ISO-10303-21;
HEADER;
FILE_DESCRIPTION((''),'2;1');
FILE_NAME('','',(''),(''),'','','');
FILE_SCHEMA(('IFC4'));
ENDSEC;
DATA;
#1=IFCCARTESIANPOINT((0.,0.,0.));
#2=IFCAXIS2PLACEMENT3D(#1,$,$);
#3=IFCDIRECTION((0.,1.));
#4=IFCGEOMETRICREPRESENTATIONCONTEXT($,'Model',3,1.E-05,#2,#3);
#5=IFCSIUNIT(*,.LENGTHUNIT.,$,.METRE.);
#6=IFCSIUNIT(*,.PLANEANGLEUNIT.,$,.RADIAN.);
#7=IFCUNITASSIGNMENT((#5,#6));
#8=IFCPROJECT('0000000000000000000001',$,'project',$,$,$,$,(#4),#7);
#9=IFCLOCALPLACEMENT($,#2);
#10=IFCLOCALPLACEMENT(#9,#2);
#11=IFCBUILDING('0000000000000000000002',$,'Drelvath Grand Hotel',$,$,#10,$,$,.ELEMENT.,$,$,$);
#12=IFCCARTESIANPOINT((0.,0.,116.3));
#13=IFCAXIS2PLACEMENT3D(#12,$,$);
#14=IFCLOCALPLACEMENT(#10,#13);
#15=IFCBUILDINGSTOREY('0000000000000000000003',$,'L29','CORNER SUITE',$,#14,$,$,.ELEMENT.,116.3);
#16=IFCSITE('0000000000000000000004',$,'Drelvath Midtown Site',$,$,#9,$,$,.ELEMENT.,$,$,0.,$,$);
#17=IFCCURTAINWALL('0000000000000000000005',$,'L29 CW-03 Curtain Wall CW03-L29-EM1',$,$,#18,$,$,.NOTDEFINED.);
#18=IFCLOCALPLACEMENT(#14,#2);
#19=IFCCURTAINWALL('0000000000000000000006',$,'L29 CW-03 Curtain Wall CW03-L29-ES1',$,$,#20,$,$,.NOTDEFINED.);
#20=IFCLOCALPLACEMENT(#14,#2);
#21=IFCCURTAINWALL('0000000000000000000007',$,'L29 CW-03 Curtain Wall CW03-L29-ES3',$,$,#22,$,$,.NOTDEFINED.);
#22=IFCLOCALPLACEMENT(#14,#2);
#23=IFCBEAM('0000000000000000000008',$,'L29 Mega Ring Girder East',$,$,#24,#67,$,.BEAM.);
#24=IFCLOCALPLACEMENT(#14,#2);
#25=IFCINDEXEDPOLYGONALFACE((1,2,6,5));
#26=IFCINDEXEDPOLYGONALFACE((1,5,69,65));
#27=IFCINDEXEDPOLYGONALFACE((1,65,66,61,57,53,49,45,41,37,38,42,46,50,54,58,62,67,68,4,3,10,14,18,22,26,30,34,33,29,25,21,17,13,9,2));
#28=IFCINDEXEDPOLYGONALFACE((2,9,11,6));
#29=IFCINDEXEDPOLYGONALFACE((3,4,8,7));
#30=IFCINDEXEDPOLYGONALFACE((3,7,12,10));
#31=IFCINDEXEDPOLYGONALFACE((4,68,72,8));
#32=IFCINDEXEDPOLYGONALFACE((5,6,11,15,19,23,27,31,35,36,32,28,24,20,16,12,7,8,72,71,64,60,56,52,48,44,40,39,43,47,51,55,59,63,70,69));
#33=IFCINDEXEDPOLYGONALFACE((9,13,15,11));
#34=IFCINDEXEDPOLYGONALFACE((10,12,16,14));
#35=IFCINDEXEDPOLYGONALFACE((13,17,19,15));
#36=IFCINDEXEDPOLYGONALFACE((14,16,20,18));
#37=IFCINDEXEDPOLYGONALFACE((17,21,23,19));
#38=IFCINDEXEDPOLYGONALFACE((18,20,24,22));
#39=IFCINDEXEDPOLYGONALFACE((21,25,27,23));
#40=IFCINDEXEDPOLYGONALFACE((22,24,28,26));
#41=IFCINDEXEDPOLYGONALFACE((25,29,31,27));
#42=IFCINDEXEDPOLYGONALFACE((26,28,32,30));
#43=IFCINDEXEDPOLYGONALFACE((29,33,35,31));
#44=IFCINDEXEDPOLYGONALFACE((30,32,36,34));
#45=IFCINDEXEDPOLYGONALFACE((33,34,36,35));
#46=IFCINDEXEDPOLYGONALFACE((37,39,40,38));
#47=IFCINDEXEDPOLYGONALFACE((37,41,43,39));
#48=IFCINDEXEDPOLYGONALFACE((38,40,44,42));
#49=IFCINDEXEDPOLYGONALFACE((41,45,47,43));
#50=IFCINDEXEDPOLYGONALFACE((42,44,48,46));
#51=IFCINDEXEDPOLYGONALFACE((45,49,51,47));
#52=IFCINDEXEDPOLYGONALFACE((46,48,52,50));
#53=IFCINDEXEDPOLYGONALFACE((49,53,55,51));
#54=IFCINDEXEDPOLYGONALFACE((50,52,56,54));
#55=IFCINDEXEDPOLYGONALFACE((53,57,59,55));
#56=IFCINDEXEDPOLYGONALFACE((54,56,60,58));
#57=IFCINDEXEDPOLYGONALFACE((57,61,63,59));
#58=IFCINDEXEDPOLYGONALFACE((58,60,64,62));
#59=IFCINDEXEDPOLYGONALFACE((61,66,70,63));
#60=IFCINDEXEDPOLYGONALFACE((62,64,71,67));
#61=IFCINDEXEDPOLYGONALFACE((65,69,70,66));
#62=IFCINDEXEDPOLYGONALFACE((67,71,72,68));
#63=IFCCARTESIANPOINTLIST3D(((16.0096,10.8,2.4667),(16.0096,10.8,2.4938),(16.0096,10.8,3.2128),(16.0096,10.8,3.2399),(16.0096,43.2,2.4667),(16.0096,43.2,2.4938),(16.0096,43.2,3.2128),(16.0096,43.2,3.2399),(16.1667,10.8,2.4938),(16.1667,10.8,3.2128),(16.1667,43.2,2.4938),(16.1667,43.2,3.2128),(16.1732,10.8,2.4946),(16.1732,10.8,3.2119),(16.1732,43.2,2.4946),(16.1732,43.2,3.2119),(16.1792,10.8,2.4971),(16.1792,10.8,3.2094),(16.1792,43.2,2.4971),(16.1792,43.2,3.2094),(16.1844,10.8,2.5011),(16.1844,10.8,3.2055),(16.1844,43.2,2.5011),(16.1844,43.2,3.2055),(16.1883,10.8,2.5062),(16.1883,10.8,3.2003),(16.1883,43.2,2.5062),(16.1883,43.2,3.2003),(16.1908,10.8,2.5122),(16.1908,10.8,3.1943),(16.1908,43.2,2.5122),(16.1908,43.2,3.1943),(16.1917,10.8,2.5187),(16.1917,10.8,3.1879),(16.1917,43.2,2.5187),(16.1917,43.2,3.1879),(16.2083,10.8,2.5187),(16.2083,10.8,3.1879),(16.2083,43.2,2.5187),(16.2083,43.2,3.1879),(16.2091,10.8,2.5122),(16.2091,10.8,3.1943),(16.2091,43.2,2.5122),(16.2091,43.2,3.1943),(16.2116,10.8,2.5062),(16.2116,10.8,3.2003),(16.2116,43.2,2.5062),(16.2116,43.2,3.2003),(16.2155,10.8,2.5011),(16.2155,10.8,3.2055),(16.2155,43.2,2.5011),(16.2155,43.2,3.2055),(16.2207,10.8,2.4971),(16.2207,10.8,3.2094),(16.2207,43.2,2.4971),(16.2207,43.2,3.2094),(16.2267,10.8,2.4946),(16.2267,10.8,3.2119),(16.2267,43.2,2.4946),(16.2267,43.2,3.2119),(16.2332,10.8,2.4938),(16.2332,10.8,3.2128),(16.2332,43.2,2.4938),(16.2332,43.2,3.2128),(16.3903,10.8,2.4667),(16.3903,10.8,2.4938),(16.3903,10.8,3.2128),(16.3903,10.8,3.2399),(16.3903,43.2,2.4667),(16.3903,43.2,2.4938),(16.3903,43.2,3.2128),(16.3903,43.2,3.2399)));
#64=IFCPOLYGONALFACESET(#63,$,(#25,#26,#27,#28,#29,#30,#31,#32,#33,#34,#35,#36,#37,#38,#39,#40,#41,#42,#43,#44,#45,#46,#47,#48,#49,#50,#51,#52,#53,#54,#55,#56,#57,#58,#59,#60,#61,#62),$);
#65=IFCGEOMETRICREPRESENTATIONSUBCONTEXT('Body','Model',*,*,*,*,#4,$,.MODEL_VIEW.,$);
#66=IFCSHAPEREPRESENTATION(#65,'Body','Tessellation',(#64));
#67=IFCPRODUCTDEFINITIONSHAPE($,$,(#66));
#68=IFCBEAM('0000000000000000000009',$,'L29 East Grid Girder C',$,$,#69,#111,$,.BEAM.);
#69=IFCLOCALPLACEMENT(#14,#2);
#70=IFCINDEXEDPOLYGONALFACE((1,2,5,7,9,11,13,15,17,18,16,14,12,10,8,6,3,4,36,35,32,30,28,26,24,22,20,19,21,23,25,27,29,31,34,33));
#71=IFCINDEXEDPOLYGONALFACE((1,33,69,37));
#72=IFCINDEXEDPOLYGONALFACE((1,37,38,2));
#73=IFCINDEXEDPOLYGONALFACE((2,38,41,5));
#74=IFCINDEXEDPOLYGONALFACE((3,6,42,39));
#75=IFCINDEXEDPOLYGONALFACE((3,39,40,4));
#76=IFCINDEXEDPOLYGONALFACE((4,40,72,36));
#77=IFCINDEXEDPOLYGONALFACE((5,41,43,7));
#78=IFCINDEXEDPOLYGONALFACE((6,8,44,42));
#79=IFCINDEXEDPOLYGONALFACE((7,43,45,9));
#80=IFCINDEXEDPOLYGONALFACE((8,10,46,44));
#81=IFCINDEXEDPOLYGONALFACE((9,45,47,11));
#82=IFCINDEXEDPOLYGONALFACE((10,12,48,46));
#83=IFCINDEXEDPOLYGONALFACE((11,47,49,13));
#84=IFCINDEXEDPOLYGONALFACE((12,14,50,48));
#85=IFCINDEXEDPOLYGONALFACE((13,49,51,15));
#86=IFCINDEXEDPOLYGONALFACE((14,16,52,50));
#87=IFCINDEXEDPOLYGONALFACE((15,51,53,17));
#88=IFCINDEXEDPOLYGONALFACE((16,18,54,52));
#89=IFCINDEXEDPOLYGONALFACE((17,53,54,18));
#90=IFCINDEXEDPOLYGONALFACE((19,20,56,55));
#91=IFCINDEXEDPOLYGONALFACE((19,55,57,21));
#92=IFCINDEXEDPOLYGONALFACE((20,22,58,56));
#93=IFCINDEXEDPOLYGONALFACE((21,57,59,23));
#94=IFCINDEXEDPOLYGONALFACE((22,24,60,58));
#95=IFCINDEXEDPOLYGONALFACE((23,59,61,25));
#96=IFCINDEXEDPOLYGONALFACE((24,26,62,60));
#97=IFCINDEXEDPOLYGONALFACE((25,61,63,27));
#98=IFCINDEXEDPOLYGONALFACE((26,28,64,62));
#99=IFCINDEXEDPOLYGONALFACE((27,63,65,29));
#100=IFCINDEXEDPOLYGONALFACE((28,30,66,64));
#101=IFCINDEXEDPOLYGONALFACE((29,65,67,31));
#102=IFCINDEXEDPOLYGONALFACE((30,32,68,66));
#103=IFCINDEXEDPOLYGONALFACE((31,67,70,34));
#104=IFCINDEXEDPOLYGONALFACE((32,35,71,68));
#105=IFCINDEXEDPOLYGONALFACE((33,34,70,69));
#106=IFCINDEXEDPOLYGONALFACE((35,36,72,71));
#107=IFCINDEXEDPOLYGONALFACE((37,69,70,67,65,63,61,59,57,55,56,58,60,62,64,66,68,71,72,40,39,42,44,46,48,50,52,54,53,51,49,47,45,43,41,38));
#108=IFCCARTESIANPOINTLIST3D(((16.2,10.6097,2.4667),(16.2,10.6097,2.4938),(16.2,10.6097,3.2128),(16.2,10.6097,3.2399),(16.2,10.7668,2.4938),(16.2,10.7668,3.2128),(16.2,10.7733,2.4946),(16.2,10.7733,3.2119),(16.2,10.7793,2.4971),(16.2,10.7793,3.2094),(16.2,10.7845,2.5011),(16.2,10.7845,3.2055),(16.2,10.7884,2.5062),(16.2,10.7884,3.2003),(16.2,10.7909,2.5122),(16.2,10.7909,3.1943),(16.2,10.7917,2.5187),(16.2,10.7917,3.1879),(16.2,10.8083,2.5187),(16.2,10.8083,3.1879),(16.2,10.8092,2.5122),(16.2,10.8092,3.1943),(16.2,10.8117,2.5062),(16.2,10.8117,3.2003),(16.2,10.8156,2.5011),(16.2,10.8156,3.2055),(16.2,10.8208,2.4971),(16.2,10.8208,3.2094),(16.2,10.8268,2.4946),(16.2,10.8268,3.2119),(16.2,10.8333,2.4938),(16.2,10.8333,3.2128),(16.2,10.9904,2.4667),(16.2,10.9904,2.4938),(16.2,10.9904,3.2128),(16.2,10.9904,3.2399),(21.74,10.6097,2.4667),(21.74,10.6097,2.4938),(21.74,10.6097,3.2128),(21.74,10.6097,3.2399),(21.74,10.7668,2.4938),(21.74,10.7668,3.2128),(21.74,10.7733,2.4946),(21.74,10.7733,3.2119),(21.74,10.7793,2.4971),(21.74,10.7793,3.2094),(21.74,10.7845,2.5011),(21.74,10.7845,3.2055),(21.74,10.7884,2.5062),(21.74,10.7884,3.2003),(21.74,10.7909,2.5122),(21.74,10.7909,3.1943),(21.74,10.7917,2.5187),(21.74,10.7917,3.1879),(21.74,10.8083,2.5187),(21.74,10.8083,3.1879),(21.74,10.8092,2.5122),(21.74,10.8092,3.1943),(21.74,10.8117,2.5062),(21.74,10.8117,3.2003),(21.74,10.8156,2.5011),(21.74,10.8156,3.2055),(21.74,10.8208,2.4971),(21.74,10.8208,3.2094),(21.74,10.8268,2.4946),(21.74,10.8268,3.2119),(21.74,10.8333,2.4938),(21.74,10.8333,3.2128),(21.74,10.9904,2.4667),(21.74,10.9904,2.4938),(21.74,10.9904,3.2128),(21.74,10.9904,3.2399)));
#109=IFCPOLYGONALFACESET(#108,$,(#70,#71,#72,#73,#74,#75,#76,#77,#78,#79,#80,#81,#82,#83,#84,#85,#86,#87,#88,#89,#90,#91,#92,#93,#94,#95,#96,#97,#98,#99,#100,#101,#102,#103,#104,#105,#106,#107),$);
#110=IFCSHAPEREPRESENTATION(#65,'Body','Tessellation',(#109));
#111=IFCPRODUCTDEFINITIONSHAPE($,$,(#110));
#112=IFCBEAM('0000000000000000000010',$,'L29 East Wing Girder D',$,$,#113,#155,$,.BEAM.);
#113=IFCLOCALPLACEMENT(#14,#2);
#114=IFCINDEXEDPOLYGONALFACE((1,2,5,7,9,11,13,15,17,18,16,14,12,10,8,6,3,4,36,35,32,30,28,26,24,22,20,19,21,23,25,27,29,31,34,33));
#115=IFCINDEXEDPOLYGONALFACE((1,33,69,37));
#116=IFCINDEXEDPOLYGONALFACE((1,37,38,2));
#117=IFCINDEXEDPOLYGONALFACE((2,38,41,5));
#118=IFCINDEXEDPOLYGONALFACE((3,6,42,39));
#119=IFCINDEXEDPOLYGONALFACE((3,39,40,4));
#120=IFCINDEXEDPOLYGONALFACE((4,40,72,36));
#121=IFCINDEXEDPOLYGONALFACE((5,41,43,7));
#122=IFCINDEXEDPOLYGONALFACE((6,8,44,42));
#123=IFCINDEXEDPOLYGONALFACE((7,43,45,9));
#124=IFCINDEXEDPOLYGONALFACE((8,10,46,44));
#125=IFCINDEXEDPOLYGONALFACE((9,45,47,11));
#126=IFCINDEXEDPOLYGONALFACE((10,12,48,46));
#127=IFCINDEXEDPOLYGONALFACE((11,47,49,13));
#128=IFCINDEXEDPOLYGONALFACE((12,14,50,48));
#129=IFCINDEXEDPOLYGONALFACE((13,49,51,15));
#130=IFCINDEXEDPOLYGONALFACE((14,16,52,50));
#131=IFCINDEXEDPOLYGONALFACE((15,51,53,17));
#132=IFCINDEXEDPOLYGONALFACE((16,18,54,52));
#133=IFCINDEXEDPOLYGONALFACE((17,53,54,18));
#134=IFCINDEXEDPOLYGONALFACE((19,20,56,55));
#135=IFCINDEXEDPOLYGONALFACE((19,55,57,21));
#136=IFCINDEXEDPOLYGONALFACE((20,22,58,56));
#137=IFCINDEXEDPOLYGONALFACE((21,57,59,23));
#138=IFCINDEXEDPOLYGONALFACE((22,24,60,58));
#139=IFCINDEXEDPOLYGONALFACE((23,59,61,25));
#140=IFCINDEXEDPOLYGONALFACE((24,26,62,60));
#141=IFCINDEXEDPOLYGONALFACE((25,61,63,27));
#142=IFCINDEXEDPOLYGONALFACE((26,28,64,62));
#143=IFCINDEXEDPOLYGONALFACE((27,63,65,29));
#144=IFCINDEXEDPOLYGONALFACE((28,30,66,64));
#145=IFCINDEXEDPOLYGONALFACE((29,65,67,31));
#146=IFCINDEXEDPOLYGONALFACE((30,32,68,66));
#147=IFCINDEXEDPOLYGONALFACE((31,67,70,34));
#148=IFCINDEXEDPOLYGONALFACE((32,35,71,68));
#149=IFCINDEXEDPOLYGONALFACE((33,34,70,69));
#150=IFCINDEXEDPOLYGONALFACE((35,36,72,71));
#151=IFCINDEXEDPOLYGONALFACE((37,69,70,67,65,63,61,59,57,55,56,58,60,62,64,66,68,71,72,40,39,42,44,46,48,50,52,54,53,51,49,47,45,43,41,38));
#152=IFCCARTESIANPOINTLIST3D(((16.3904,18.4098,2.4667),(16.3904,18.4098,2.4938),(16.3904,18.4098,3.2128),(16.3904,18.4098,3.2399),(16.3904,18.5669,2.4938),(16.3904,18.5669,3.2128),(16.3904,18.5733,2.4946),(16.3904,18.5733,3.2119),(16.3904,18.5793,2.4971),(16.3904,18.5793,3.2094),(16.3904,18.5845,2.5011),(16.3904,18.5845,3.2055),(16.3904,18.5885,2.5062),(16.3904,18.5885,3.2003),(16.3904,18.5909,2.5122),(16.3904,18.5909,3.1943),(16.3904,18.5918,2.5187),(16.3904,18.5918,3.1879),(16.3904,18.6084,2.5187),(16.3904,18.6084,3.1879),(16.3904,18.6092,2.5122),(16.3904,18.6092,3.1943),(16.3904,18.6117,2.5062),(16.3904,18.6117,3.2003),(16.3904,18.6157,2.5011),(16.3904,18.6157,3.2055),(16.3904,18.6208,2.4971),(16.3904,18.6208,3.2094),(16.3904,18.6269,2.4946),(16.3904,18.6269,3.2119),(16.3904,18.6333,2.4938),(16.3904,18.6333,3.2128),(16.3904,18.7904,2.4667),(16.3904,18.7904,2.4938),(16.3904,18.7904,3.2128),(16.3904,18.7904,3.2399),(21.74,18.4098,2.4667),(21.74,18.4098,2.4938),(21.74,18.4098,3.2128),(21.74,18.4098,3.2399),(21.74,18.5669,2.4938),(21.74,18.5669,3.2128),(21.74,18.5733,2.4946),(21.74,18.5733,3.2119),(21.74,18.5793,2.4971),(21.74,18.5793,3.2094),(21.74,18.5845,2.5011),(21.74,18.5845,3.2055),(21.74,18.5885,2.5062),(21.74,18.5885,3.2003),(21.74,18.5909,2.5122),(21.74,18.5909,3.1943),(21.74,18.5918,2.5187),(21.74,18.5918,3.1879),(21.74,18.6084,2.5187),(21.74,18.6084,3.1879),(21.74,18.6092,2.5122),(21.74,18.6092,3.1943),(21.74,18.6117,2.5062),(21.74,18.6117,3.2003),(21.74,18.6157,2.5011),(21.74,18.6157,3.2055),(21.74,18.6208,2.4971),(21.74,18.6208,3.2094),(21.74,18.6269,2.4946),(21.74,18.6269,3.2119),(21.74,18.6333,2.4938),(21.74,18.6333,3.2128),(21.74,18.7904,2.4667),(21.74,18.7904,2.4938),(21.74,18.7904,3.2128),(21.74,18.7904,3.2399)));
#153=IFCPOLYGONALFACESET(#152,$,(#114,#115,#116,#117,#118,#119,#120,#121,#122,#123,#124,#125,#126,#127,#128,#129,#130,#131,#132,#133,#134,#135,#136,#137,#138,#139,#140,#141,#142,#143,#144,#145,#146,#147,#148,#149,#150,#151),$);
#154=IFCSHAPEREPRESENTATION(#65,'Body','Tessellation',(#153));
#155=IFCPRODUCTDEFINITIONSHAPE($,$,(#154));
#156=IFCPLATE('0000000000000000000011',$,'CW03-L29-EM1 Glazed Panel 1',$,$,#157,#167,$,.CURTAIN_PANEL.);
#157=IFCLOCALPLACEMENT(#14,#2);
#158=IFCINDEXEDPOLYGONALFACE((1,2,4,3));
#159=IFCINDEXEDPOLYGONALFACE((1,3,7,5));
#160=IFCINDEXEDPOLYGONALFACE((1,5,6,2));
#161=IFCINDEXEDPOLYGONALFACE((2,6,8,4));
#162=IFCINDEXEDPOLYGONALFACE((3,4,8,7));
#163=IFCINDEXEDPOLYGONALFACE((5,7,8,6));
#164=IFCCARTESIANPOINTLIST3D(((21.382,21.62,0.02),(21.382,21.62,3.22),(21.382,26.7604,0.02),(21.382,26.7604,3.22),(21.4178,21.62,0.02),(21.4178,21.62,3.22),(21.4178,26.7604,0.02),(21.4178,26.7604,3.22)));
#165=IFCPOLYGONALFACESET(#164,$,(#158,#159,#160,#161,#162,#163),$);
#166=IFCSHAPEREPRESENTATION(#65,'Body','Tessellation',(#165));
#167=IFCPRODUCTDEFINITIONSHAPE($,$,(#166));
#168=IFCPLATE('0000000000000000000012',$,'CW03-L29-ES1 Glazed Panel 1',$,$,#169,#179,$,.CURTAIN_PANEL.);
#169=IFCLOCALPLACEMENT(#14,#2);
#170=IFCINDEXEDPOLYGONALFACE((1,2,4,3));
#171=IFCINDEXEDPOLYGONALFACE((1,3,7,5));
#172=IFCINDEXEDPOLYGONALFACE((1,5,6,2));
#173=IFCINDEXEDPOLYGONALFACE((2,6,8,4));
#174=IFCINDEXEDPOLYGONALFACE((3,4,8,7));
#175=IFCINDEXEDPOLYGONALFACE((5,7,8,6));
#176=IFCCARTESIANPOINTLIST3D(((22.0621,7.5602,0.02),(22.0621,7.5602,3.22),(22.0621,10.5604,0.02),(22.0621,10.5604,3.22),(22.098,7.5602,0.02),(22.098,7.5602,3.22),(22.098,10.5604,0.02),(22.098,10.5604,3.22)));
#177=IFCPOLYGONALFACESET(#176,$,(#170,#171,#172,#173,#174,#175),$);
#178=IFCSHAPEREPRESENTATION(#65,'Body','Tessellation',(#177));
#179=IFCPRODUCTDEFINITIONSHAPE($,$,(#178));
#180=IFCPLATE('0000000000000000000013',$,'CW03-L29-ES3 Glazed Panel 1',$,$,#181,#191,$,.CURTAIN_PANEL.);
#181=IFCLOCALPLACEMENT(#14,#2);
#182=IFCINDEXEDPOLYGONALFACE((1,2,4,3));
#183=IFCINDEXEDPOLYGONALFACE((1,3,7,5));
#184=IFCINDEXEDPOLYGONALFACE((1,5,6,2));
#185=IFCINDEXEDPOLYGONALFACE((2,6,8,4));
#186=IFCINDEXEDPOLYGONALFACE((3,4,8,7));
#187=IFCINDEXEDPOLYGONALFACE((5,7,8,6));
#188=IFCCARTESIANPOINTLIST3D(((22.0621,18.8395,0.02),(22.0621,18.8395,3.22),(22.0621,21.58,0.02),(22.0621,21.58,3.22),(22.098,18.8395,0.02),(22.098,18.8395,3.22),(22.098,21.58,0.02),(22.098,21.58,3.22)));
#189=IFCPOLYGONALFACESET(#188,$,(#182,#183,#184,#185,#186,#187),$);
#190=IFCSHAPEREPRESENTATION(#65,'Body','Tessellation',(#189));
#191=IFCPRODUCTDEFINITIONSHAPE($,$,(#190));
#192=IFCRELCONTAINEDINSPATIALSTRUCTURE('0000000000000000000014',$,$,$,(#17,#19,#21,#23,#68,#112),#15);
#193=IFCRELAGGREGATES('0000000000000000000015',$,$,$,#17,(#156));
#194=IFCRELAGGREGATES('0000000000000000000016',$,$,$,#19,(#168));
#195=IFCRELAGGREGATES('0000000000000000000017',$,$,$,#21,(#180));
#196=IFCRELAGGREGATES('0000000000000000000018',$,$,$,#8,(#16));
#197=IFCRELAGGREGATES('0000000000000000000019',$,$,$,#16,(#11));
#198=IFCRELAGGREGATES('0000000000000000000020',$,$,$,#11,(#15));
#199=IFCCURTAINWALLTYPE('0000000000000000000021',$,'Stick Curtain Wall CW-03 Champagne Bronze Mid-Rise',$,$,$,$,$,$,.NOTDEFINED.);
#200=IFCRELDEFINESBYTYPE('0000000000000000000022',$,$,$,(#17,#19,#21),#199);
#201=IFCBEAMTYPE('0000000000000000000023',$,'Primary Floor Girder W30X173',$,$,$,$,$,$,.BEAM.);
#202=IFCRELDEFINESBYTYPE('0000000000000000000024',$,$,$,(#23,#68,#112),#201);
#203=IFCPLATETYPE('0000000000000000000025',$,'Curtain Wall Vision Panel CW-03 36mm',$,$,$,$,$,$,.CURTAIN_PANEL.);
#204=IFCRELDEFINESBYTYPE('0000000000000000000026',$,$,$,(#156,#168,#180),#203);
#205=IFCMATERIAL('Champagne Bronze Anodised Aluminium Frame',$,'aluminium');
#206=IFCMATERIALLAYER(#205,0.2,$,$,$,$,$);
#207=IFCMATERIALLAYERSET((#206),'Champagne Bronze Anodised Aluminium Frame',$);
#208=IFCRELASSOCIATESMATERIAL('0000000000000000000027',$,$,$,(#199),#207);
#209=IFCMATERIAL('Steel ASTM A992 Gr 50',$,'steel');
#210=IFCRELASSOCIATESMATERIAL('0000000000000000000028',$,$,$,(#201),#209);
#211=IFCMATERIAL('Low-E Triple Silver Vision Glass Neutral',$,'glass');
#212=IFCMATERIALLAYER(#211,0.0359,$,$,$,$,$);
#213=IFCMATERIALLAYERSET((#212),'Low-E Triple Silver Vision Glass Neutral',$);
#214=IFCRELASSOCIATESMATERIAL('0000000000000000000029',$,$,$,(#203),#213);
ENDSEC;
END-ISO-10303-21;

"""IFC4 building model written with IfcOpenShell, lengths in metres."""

from ifc_helpers import new_model, si_unit, direction, frame, origin, origin_2d, place, context, subcontext, project, spatial, rectangle, i_section, extrude, material, layer, layer_set, material_profile, profile_set, type_object, element, aggregate, save


model = new_model("IFC4")

# Units and contexts
model_context = context("Model", 3, precision=1e-05, world=origin(), true_north=direction((0.0, 1.0)))
body_context = subcontext(model_context, "Body", "Model", "MODEL_VIEW")
ifc_project = project(units=[si_unit("LENGTHUNIT", "METRE"), si_unit("PLANEANGLEUNIT", "RADIAN")], contexts=[model_context])

# Site, building, storey
site_placement = place(None, origin())
site = spatial("IfcSite", under=ifc_project, at=site_placement, Name="Drelvath Midtown Site", CompositionType="ELEMENT", RefElevation=0.0)
building_placement = place(site_placement, origin())
building = spatial("IfcBuilding", under=site, at=building_placement, Name="Drelvath Grand Hotel", CompositionType="ELEMENT")
storey_placement = place(building_placement, frame((0.0, 0.0, 116.3)))
storey = spatial("IfcBuildingStorey", under=building, at=storey_placement, Name="L29", Description="CORNER SUITE", CompositionType="ELEMENT", Elevation=116.3)

# Shared definitions
ifc_material_1 = material(Name="Steel ASTM A992 Gr 50", Category="steel")

# Curtain walls
ifc_material_2 = material(Name="Champagne Bronze Anodised Aluminium Frame", Category="aluminium")
ifc_layer_1 = layer(ifc_material_2, 0.2)
ifc_layer_set_1 = layer_set([ifc_layer_1], Name="Champagne Bronze Anodised Aluminium Frame")
curtain_wall_type = type_object("IfcCurtainWallType", Name="Stick Curtain Wall CW-03 Champagne Bronze Mid-Rise", PredefinedType="NOTDEFINED", material=ifc_layer_set_1)
curtain_wall_1_placement = place(storey_placement, origin())
curtain_wall_1 = element("IfcCurtainWall", 1, at=curtain_wall_1_placement, inside=storey, type_object=curtain_wall_type, Name="L29 CW-03 Curtain Wall CW03-L29-EM1", PredefinedType="NOTDEFINED")
curtain_wall_2_placement = place(storey_placement, origin())
curtain_wall_2 = element("IfcCurtainWall", 2, at=curtain_wall_2_placement, inside=storey, type_object=curtain_wall_type, Name="L29 CW-03 Curtain Wall CW03-L29-ES1", PredefinedType="NOTDEFINED")
curtain_wall_3_placement = place(storey_placement, origin())
curtain_wall_3 = element("IfcCurtainWall", 3, at=curtain_wall_3_placement, inside=storey, type_object=curtain_wall_type, Name="L29 CW-03 Curtain Wall CW03-L29-ES3", PredefinedType="NOTDEFINED")

# Beams
ifc_material_profile_1 = material_profile(ifc_material_1, i_section(OverallWidth=0.3806, OverallDepth=0.7732, WebThickness=0.0166, FlangeThickness=0.0271, FilletRadius=0.0249, at=origin_2d()), Name="W30X173")
ifc_profile_set_1 = profile_set([ifc_material_profile_1], Name="Steel ASTM A992 Gr 50")
beam_type_1 = type_object("IfcBeamType", Name="Primary Floor Girder W30X173", PredefinedType="BEAM", material=ifc_profile_set_1)
beam_1_placement = place(storey_placement, frame((16.2, 10.8, 2.8533), z_axis=(0.0, 1.0, 0.0), x_axis=(-1.0, 0.0, 0.0)))
element("IfcBeam", 4, at=beam_1_placement, inside=storey, type_object=beam_type_1, Name="L29 Mega Ring Girder East", PredefinedType="BEAM", context=body_context, shape_type="SweptSolid", body=[
    extrude(i_section(OverallWidth=0.3806, OverallDepth=0.7732, WebThickness=0.0166, FlangeThickness=0.0271, FilletRadius=0.0249, at=origin_2d()), origin(), (0.0, 0.0, 1.0), 32.3999),
])
beam_2_placement = place(storey_placement, frame((16.2, 10.8, 2.8533), z_axis=(1.0, 0.0, 0.0), x_axis=(0.0, 1.0, 0.0)))
element("IfcBeam", 5, at=beam_2_placement, inside=storey, type_object=beam_type_1, Name="L29 East Grid Girder C", PredefinedType="BEAM", context=body_context, shape_type="SweptSolid", body=[
    extrude(i_section(OverallWidth=0.3806, OverallDepth=0.7732, WebThickness=0.0166, FlangeThickness=0.0271, FilletRadius=0.0249, at=origin_2d()), origin(), (0.0, 0.0, 1.0), 5.54),
])
beam_3_placement = place(storey_placement, frame((16.3904, 18.6001, 2.8533), z_axis=(1.0, 0.0, 0.0), x_axis=(0.0, 1.0, 0.0)))
element("IfcBeam", 6, at=beam_3_placement, inside=storey, type_object=beam_type_1, Name="L29 East Wing Girder D", PredefinedType="BEAM", context=body_context, shape_type="SweptSolid", body=[
    extrude(i_section(OverallWidth=0.3806, OverallDepth=0.7732, WebThickness=0.0166, FlangeThickness=0.0271, FilletRadius=0.0249, at=origin_2d()), origin(), (0.0, 0.0, 1.0), 5.3496),
])

# Plates
ifc_material_3 = material(Name="Low-E Triple Silver Vision Glass Neutral", Category="glass")
ifc_layer_2 = layer(ifc_material_3, 0.0359)
ifc_layer_set_2 = layer_set([ifc_layer_2], Name="Low-E Triple Silver Vision Glass Neutral")
plate_type = type_object("IfcPlateType", Name="Curtain Wall Vision Panel CW-03 36mm", PredefinedType="CURTAIN_PANEL", material=ifc_layer_set_2)
plate_1_placement = place(storey_placement, frame((21.3999, 24.1902, 0.02), z_axis=(0.0, 0.0, 1.0), x_axis=(0.0, -1.0, 0.0)))
plate_1 = element("IfcPlate", 7, at=plate_1_placement, type_object=plate_type, Name="CW03-L29-EM1 Glazed Panel 1", PredefinedType="CURTAIN_PANEL", context=body_context, shape_type="SweptSolid", body=[
    extrude(rectangle(XDim=5.1404, YDim=0.0359, at=origin_2d()), origin(), (0.0, 0.0, 1.0), 3.2),
])
aggregate(curtain_wall_1, [plate_1])
plate_2_placement = place(storey_placement, frame((22.0801, 9.0603, 0.02), z_axis=(0.0, 0.0, 1.0), x_axis=(0.0, -1.0, 0.0)))
plate_2 = element("IfcPlate", 8, at=plate_2_placement, type_object=plate_type, Name="CW03-L29-ES1 Glazed Panel 1", PredefinedType="CURTAIN_PANEL", context=body_context, shape_type="SweptSolid", body=[
    extrude(rectangle(XDim=3.0002, YDim=0.0359, at=origin_2d()), origin(), (0.0, 0.0, 1.0), 3.2),
])
aggregate(curtain_wall_2, [plate_2])
plate_3_placement = place(storey_placement, frame((22.0801, 20.2097, 0.02), z_axis=(0.0, 0.0, 1.0), x_axis=(0.0, -1.0, 0.0)))
plate_3 = element("IfcPlate", 9, at=plate_3_placement, type_object=plate_type, Name="CW03-L29-ES3 Glazed Panel 1", PredefinedType="CURTAIN_PANEL", context=body_context, shape_type="SweptSolid", body=[
    extrude(rectangle(XDim=2.7405, YDim=0.0359, at=origin_2d()), origin(), (0.0, 0.0, 1.0), 3.2),
])
aggregate(curtain_wall_3, [plate_3])

save(model, "model.ifc")
